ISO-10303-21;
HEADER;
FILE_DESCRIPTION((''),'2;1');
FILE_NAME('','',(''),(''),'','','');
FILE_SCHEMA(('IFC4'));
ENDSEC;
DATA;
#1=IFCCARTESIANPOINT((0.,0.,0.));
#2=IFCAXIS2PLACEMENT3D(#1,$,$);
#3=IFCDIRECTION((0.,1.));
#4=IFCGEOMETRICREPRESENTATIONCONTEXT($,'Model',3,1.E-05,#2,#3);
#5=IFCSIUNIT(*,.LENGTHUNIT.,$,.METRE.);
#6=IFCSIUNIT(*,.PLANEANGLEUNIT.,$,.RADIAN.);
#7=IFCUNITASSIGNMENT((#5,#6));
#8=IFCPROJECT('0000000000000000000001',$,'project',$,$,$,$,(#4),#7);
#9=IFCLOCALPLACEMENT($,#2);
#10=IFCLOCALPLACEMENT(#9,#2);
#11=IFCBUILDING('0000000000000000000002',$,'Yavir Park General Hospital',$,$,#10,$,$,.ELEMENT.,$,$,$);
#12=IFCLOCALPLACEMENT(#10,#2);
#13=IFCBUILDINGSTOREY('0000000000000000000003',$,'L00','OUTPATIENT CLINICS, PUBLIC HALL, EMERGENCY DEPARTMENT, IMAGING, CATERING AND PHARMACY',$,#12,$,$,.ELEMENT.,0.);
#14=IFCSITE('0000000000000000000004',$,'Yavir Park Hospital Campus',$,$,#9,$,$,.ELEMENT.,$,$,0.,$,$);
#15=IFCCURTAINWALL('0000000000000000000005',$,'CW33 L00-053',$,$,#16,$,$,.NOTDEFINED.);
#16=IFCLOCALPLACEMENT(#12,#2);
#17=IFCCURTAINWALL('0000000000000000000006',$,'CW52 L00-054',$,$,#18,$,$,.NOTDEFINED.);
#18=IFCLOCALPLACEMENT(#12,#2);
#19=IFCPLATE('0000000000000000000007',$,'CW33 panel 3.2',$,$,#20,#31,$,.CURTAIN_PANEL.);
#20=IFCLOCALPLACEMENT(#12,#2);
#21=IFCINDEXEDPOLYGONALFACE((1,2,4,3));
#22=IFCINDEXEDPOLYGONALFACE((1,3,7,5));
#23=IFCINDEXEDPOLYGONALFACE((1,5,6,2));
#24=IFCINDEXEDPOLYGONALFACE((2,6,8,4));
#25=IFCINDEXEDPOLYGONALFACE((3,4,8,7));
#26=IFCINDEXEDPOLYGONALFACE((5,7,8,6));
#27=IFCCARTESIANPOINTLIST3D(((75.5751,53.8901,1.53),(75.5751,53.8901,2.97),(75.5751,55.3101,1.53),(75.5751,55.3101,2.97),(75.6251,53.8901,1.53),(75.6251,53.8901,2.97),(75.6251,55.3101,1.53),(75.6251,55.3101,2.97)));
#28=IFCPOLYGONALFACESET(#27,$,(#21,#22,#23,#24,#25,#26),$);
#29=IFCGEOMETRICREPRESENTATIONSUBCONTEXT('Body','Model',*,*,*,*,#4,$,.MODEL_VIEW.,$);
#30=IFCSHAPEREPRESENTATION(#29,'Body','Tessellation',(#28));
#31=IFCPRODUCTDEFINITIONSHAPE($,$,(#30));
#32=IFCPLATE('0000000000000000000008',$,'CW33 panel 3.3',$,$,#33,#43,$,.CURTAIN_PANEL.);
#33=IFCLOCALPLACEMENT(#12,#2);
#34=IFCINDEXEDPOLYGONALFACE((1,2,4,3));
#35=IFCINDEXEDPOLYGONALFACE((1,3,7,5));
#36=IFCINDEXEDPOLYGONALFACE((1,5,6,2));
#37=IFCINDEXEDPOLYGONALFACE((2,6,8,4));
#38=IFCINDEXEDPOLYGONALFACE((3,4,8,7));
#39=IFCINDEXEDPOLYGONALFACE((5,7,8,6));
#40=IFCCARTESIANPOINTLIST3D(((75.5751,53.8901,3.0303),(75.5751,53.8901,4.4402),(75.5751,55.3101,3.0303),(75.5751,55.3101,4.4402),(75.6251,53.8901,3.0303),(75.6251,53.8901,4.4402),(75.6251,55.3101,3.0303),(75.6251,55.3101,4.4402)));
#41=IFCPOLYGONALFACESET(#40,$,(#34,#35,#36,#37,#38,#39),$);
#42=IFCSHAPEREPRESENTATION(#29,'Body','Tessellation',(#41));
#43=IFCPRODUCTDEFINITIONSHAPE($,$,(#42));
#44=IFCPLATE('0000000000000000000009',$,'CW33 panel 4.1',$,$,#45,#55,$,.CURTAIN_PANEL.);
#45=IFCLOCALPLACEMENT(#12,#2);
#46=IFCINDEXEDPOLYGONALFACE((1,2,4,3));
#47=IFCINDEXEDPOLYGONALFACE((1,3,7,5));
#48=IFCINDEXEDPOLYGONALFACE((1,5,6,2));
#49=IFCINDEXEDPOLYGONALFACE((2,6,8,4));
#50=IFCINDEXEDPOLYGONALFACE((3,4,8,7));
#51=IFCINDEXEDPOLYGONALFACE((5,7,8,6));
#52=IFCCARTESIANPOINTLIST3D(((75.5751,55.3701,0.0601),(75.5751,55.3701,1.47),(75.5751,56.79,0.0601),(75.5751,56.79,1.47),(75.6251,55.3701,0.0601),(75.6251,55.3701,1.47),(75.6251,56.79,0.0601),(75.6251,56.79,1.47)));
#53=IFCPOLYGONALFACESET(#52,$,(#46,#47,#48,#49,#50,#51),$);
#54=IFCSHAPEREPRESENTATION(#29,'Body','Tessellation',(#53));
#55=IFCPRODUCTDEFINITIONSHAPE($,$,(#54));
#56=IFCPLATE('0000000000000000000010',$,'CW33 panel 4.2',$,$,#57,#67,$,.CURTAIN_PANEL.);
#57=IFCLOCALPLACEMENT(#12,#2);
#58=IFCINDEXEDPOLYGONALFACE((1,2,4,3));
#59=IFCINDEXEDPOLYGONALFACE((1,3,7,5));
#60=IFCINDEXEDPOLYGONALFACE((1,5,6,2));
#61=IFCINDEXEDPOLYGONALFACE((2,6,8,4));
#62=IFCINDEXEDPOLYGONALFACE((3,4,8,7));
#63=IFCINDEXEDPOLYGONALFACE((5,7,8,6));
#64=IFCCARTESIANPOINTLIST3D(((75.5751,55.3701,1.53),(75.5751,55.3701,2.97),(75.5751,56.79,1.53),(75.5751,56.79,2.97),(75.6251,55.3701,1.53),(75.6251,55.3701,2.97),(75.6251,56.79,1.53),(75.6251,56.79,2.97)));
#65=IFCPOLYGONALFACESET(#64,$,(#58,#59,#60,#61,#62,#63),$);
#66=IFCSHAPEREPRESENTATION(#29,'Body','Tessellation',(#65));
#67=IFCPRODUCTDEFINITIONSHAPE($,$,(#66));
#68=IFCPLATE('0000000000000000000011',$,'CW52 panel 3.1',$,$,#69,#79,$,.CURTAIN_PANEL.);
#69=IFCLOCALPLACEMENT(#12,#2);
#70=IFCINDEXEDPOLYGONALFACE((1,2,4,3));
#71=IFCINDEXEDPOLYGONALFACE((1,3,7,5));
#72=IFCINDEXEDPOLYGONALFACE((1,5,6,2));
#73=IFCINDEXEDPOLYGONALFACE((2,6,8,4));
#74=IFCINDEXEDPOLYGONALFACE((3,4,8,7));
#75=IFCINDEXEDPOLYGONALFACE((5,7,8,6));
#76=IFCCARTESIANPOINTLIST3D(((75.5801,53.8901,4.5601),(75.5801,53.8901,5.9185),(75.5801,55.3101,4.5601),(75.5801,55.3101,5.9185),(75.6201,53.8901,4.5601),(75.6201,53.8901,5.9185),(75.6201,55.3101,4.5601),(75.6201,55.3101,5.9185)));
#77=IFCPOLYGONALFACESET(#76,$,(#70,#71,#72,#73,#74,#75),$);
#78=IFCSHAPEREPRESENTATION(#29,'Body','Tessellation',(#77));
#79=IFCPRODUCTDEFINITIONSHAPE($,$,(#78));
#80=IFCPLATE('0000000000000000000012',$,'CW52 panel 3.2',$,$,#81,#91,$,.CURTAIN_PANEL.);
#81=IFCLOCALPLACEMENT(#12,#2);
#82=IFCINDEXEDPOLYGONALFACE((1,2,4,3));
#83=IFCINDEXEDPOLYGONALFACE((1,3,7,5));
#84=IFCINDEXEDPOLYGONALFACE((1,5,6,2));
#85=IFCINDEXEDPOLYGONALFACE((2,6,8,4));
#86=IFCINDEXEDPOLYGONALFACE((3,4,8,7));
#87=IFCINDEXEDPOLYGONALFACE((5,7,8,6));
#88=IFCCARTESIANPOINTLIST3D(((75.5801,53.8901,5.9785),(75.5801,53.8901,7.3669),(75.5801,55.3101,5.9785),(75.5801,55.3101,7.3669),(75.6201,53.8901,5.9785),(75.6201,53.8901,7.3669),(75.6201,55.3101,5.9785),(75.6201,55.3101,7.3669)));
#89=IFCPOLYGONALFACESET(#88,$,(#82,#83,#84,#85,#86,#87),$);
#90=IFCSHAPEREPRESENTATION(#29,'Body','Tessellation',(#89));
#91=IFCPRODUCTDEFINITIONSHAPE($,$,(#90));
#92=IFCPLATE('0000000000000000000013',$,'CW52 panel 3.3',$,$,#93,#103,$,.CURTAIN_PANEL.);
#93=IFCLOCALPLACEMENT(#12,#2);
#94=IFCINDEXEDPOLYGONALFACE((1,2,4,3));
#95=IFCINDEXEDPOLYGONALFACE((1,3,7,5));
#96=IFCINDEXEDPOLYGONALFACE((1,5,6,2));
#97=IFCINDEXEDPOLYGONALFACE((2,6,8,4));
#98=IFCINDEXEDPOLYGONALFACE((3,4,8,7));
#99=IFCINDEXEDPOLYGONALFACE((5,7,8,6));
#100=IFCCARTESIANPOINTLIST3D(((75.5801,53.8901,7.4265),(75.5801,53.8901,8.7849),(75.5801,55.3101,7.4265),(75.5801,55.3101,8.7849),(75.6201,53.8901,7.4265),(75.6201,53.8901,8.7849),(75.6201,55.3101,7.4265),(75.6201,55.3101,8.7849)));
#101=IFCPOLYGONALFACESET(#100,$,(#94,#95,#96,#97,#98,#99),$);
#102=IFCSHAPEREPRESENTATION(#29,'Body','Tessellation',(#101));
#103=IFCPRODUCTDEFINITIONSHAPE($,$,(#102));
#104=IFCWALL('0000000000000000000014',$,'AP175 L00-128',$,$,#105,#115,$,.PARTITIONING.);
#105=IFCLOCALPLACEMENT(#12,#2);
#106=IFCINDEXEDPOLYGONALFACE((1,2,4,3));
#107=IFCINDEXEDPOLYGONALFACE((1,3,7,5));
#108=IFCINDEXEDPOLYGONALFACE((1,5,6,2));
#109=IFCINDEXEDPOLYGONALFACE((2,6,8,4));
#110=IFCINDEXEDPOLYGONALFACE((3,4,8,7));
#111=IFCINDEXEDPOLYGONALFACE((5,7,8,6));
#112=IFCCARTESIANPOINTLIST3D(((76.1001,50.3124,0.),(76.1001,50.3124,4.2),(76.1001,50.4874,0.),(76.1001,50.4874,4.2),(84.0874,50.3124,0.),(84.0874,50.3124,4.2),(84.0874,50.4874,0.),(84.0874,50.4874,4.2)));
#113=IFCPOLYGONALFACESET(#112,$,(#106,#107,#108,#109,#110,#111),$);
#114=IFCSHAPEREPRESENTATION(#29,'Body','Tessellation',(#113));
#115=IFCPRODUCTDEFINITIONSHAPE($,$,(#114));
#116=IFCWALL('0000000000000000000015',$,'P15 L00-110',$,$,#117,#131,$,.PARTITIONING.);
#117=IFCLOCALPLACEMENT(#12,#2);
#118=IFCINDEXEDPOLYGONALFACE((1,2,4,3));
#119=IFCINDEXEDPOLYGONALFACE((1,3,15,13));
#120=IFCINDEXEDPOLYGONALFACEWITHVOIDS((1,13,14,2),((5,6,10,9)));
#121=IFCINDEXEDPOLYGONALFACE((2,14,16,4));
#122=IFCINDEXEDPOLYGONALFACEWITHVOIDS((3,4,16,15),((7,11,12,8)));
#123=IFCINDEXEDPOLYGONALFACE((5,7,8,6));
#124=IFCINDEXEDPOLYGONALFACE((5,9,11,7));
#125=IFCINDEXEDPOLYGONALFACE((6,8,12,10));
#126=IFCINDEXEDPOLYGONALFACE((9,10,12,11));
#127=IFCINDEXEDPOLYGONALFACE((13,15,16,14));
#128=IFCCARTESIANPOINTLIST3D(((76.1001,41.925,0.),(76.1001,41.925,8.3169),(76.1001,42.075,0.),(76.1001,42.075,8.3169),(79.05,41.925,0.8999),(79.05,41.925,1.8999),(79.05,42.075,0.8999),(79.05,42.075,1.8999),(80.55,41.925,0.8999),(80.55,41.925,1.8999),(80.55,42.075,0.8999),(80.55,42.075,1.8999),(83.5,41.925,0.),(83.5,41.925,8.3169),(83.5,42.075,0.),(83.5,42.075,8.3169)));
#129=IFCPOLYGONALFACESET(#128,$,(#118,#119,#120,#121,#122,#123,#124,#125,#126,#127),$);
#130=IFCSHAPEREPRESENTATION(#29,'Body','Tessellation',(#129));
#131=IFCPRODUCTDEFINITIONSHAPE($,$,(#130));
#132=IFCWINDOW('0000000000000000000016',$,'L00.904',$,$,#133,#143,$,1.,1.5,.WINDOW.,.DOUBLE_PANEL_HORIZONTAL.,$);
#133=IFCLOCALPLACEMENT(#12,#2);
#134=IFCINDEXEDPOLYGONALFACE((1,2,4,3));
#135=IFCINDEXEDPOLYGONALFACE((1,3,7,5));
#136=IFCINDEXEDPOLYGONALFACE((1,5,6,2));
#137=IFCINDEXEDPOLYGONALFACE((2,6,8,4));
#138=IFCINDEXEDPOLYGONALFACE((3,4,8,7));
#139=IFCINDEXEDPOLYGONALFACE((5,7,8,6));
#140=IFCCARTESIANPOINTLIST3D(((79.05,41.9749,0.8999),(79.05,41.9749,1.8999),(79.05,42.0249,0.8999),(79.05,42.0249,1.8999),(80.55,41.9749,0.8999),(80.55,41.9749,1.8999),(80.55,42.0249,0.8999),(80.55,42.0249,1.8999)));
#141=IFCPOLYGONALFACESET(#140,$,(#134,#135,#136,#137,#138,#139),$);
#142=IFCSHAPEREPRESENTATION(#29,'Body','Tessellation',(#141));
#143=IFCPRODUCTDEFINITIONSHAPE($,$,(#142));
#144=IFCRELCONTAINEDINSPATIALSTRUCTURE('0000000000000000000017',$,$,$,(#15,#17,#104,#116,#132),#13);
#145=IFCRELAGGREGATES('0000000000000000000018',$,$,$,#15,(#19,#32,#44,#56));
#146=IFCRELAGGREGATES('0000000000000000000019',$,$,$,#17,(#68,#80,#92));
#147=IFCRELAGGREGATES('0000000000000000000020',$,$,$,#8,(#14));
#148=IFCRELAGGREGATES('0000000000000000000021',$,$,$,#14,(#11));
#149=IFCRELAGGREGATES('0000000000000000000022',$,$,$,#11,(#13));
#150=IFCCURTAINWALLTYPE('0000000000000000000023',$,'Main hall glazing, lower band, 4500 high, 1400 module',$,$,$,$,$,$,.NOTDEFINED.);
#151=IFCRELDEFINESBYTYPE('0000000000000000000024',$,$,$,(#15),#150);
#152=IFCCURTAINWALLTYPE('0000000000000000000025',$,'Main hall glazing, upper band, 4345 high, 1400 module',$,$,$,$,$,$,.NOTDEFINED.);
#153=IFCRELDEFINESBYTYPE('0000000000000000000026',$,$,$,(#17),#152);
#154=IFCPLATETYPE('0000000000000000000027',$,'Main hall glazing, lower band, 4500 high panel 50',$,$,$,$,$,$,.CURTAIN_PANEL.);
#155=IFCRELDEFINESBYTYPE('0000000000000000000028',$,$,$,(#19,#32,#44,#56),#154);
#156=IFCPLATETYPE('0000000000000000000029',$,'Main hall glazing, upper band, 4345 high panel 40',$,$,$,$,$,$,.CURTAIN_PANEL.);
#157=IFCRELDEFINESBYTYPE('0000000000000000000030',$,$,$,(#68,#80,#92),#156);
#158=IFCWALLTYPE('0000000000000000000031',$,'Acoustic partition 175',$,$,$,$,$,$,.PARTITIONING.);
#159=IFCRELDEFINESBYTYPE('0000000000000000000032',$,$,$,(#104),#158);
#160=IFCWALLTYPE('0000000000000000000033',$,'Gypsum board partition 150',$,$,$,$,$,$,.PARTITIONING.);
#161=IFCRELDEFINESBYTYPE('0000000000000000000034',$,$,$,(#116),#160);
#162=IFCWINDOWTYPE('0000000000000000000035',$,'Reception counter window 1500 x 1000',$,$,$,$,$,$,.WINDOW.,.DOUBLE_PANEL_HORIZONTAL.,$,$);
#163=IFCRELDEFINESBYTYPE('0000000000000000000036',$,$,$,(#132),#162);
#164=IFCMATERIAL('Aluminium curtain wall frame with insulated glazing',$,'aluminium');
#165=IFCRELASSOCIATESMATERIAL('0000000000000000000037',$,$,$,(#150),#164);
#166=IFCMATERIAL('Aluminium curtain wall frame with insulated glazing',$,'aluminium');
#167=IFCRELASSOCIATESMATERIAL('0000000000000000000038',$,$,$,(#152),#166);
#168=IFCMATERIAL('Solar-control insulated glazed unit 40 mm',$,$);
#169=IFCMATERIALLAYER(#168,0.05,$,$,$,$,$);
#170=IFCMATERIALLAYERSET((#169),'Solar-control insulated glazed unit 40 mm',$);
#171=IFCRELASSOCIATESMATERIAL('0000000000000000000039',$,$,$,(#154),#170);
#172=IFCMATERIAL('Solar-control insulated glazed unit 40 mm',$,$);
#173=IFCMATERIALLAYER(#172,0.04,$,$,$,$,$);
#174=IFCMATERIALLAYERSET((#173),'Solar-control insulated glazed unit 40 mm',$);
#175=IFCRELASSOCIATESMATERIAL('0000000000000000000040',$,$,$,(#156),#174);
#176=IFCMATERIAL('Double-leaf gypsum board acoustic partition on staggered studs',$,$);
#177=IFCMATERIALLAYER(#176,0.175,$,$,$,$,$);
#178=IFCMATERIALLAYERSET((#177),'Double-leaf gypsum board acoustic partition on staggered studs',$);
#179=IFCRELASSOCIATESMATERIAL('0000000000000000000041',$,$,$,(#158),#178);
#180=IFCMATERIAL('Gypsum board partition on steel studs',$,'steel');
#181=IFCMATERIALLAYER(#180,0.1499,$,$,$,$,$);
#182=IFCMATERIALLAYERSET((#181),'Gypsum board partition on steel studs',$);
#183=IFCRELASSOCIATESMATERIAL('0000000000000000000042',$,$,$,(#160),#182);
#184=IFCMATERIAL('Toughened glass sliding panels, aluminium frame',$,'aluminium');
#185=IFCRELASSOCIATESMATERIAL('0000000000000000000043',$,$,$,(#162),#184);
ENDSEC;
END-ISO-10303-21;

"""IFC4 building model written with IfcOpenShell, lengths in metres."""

from ifc_helpers import new_model, si_unit, direction, frame, frame_2d, origin, origin_2d, place, context, subcontext, project, spatial, rectangle, extrude, material, layer, layer_set, type_object, element, fill, aggregate, save


model = new_model("IFC4")

# Units and contexts
model_context = context("Model", 3, precision=1e-05, world=origin(), true_north=direction((0.0, 1.0)))
body_context = subcontext(model_context, "Body", "Model", "MODEL_VIEW")
ifc_project = project(units=[si_unit("LENGTHUNIT", "METRE"), si_unit("PLANEANGLEUNIT", "RADIAN")], contexts=[model_context])

# Site, building, storey
site_placement = place(None, origin())
site = spatial("IfcSite", under=ifc_project, at=site_placement, Name="Yavir Park Hospital Campus", CompositionType="ELEMENT", RefElevation=0.0)
building_placement = place(site_placement, origin())
building = spatial("IfcBuilding", under=site, at=building_placement, Name="Yavir Park General Hospital", CompositionType="ELEMENT")
storey_placement = place(building_placement, origin())
storey = spatial("IfcBuildingStorey", under=building, at=storey_placement, Name="L00", Description="OUTPATIENT CLINICS, PUBLIC HALL, EMERGENCY DEPARTMENT, IMAGING, CATERING AND PHARMACY", CompositionType="ELEMENT", Elevation=0.0)

# Curtain walls
ifc_material_1 = material(Name="Aluminium curtain wall frame with insulated glazing", Category="aluminium")
curtain_wall_type_1 = type_object("IfcCurtainWallType", Name="Main hall glazing, lower band, 4500 high, 1400 module", PredefinedType="NOTDEFINED", material=ifc_material_1)
curtain_wall_1_placement = place(storey_placement, origin())
curtain_wall_1 = element("IfcCurtainWall", 1, at=curtain_wall_1_placement, inside=storey, type_object=curtain_wall_type_1, Name="CW33 L00-053", PredefinedType="NOTDEFINED")
ifc_material_2 = material(Name="Aluminium curtain wall frame with insulated glazing", Category="aluminium")
curtain_wall_type_2 = type_object("IfcCurtainWallType", Name="Main hall glazing, upper band, 4345 high, 1400 module", PredefinedType="NOTDEFINED", material=ifc_material_2)
curtain_wall_2_placement = place(storey_placement, origin())
curtain_wall_2 = element("IfcCurtainWall", 2, at=curtain_wall_2_placement, inside=storey, type_object=curtain_wall_type_2, Name="CW52 L00-054", PredefinedType="NOTDEFINED")

# Plates
ifc_material_3 = material(Name="Solar-control insulated glazed unit 40 mm")
ifc_layer_1 = layer(ifc_material_3, 0.05)
ifc_layer_set_1 = layer_set([ifc_layer_1], Name="Solar-control insulated glazed unit 40 mm")
plate_type_1 = type_object("IfcPlateType", Name="Main hall glazing, lower band, 4500 high panel 50", PredefinedType="CURTAIN_PANEL", material=ifc_layer_set_1)
plate_1_placement = place(storey_placement, frame((75.6001, 54.6001, 1.53), z_axis=(0.0, 0.0, 1.0), x_axis=(0.0, 1.0, 0.0)))
plate_1 = element("IfcPlate", 3, at=plate_1_placement, type_object=plate_type_1, Name="CW33 panel 3.2", PredefinedType="CURTAIN_PANEL", context=body_context, shape_type="SweptSolid", body=[
    extrude(rectangle(XDim=1.4199, YDim=0.05, at=origin_2d()), origin(), (0.0, 0.0, 1.0), 1.4399),
])
plate_2_placement = place(storey_placement, frame((75.6001, 54.6001, 3.0303), z_axis=(0.0, 0.0, 1.0), x_axis=(0.0, 1.0, 0.0)))
plate_2 = element("IfcPlate", 4, at=plate_2_placement, type_object=plate_type_1, Name="CW33 panel 3.3", PredefinedType="CURTAIN_PANEL", context=body_context, shape_type="SweptSolid", body=[
    extrude(rectangle(XDim=1.4199, YDim=0.05, at=origin_2d()), origin(), (0.0, 0.0, 1.0), 1.4099),
])
plate_3_placement = place(storey_placement, frame((75.6001, 56.0801, 0.0601), z_axis=(0.0, 0.0, 1.0), x_axis=(0.0, 1.0, 0.0)))
plate_3 = element("IfcPlate", 5, at=plate_3_placement, type_object=plate_type_1, Name="CW33 panel 4.1", PredefinedType="CURTAIN_PANEL", context=body_context, shape_type="SweptSolid", body=[
    extrude(rectangle(XDim=1.4199, YDim=0.05, at=origin_2d()), origin(), (0.0, 0.0, 1.0), 1.4099),
])
plate_4_placement = place(storey_placement, frame((75.6001, 56.0801, 1.53), z_axis=(0.0, 0.0, 1.0), x_axis=(0.0, 1.0, 0.0)))
plate_4 = element("IfcPlate", 6, at=plate_4_placement, type_object=plate_type_1, Name="CW33 panel 4.2", PredefinedType="CURTAIN_PANEL", context=body_context, shape_type="SweptSolid", body=[
    extrude(rectangle(XDim=1.4199, YDim=0.05, at=origin_2d()), origin(), (0.0, 0.0, 1.0), 1.4399),
])
aggregate(curtain_wall_1, [plate_1, plate_2, plate_3, plate_4])
ifc_material_4 = material(Name="Solar-control insulated glazed unit 40 mm")
ifc_layer_2 = layer(ifc_material_4, 0.04)
ifc_layer_set_2 = layer_set([ifc_layer_2], Name="Solar-control insulated glazed unit 40 mm")
plate_type_2 = type_object("IfcPlateType", Name="Main hall glazing, upper band, 4345 high panel 40", PredefinedType="CURTAIN_PANEL", material=ifc_layer_set_2)
plate_5_placement = place(storey_placement, frame((75.6001, 54.6001, 4.5601), z_axis=(0.0, 0.0, 1.0), x_axis=(0.0, 1.0, 0.0)))
plate_5 = element("IfcPlate", 7, at=plate_5_placement, type_object=plate_type_2, Name="CW52 panel 3.1", PredefinedType="CURTAIN_PANEL", context=body_context, shape_type="SweptSolid", body=[
    extrude(rectangle(XDim=1.4199, YDim=0.04, at=origin_2d()), origin(), (0.0, 0.0, 1.0), 1.3584),
])
plate_6_placement = place(storey_placement, frame((75.6001, 54.6001, 5.9785), z_axis=(0.0, 0.0, 1.0), x_axis=(0.0, 1.0, 0.0)))
plate_6 = element("IfcPlate", 8, at=plate_6_placement, type_object=plate_type_2, Name="CW52 panel 3.2", PredefinedType="CURTAIN_PANEL", context=body_context, shape_type="SweptSolid", body=[
    extrude(rectangle(XDim=1.4199, YDim=0.04, at=origin_2d()), origin(), (0.0, 0.0, 1.0), 1.3884),
])
plate_7_placement = place(storey_placement, frame((75.6001, 54.6001, 7.4265), z_axis=(0.0, 0.0, 1.0), x_axis=(0.0, 1.0, 0.0)))
plate_7 = element("IfcPlate", 9, at=plate_7_placement, type_object=plate_type_2, Name="CW52 panel 3.3", PredefinedType="CURTAIN_PANEL", context=body_context, shape_type="SweptSolid", body=[
    extrude(rectangle(XDim=1.4199, YDim=0.04, at=origin_2d()), origin(), (0.0, 0.0, 1.0), 1.3584),
])
aggregate(curtain_wall_2, [plate_5, plate_6, plate_7])

# Wall
ifc_material_5 = material(Name="Double-leaf gypsum board acoustic partition on staggered studs")
ifc_layer_3 = layer(ifc_material_5, 0.175)
ifc_layer_set_3 = layer_set([ifc_layer_3], Name="Double-leaf gypsum board acoustic partition on staggered studs")
wall_type_1 = type_object("IfcWallType", Name="Acoustic partition 175", PredefinedType="PARTITIONING", material=ifc_layer_set_3)
wall_1_placement = place(storey_placement, frame((76.1001, 50.3999, 0.0), z_axis=(0.0, 0.0, 1.0), x_axis=(1.0, 0.0, 0.0)))
element("IfcWall", 10, at=wall_1_placement, inside=storey, type_object=wall_type_1, Name="AP175 L00-128", PredefinedType="PARTITIONING", context=body_context, shape_type="SweptSolid", body=[
    extrude(rectangle(XDim=7.9873, YDim=0.175, at=frame_2d((3.9937, 0.0))), origin(), (0.0, 0.0, 1.0), 4.2),
])

# Wall, opening, window
ifc_material_6 = material(Name="Gypsum board partition on steel studs", Category="steel")
ifc_layer_4 = layer(ifc_material_6, 0.1499)
ifc_layer_set_4 = layer_set([ifc_layer_4], Name="Gypsum board partition on steel studs")
wall_type_2 = type_object("IfcWallType", Name="Gypsum board partition 150", PredefinedType="PARTITIONING", material=ifc_layer_set_4)
wall_2_placement = place(storey_placement, frame((76.1001, 42.0, 0.0), z_axis=(0.0, 0.0, 1.0), x_axis=(1.0, 0.0, 0.0)))
wall_2 = element("IfcWall", 11, at=wall_2_placement, inside=storey, type_object=wall_type_2, Name="P15 L00-110", PredefinedType="PARTITIONING", context=body_context, shape_type="SweptSolid", body=[
    extrude(rectangle(XDim=7.3999, YDim=0.1499, at=frame_2d((3.7, 0.0))), origin(), (0.0, 0.0, 1.0), 8.3169),
])
opening_placement = place(wall_2_placement, frame((2.95, 0.0, 0.8999)))
opening = element("IfcOpeningElement", 12, at=opening_placement, cuts=wall_2, PredefinedType="OPENING", context=body_context, shape_type="SweptSolid", body=[
    extrude(rectangle(XDim=1.5, YDim=1.0, at=frame_2d((0.75, 0.5))), frame((0.0, 0.085, 0.0), z_axis=(0.0, -1.0, 0.0), x_axis=(1.0, 0.0, 0.0)), (0.0, 0.0, 1.0), 0.1699),
])
ifc_material_7 = material(Name="Toughened glass sliding panels, aluminium frame", Category="aluminium")
window_type = type_object("IfcWindowType", Name="Reception counter window 1500 x 1000", PartitioningType="DOUBLE_PANEL_HORIZONTAL", PredefinedType="WINDOW", material=ifc_material_7)
window_placement = place(opening_placement, origin())
window = element("IfcWindow", 13, at=window_placement, inside=storey, type_object=window_type, Name="L00.904", OverallHeight=1.0, OverallWidth=1.5, PartitioningType="DOUBLE_PANEL_HORIZONTAL", PredefinedType="WINDOW", context=body_context, shape_type="SweptSolid", body=[
    extrude(rectangle(XDim=1.5, YDim=1.0, at=frame_2d((0.75, 0.5))), frame((0.0, 0.0249, 0.0), z_axis=(0.0, -1.0, 0.0), x_axis=(1.0, 0.0, 0.0)), (0.0, 0.0, 1.0), 0.05),
])
fill(opening, window)

save(model, "model.ifc")
